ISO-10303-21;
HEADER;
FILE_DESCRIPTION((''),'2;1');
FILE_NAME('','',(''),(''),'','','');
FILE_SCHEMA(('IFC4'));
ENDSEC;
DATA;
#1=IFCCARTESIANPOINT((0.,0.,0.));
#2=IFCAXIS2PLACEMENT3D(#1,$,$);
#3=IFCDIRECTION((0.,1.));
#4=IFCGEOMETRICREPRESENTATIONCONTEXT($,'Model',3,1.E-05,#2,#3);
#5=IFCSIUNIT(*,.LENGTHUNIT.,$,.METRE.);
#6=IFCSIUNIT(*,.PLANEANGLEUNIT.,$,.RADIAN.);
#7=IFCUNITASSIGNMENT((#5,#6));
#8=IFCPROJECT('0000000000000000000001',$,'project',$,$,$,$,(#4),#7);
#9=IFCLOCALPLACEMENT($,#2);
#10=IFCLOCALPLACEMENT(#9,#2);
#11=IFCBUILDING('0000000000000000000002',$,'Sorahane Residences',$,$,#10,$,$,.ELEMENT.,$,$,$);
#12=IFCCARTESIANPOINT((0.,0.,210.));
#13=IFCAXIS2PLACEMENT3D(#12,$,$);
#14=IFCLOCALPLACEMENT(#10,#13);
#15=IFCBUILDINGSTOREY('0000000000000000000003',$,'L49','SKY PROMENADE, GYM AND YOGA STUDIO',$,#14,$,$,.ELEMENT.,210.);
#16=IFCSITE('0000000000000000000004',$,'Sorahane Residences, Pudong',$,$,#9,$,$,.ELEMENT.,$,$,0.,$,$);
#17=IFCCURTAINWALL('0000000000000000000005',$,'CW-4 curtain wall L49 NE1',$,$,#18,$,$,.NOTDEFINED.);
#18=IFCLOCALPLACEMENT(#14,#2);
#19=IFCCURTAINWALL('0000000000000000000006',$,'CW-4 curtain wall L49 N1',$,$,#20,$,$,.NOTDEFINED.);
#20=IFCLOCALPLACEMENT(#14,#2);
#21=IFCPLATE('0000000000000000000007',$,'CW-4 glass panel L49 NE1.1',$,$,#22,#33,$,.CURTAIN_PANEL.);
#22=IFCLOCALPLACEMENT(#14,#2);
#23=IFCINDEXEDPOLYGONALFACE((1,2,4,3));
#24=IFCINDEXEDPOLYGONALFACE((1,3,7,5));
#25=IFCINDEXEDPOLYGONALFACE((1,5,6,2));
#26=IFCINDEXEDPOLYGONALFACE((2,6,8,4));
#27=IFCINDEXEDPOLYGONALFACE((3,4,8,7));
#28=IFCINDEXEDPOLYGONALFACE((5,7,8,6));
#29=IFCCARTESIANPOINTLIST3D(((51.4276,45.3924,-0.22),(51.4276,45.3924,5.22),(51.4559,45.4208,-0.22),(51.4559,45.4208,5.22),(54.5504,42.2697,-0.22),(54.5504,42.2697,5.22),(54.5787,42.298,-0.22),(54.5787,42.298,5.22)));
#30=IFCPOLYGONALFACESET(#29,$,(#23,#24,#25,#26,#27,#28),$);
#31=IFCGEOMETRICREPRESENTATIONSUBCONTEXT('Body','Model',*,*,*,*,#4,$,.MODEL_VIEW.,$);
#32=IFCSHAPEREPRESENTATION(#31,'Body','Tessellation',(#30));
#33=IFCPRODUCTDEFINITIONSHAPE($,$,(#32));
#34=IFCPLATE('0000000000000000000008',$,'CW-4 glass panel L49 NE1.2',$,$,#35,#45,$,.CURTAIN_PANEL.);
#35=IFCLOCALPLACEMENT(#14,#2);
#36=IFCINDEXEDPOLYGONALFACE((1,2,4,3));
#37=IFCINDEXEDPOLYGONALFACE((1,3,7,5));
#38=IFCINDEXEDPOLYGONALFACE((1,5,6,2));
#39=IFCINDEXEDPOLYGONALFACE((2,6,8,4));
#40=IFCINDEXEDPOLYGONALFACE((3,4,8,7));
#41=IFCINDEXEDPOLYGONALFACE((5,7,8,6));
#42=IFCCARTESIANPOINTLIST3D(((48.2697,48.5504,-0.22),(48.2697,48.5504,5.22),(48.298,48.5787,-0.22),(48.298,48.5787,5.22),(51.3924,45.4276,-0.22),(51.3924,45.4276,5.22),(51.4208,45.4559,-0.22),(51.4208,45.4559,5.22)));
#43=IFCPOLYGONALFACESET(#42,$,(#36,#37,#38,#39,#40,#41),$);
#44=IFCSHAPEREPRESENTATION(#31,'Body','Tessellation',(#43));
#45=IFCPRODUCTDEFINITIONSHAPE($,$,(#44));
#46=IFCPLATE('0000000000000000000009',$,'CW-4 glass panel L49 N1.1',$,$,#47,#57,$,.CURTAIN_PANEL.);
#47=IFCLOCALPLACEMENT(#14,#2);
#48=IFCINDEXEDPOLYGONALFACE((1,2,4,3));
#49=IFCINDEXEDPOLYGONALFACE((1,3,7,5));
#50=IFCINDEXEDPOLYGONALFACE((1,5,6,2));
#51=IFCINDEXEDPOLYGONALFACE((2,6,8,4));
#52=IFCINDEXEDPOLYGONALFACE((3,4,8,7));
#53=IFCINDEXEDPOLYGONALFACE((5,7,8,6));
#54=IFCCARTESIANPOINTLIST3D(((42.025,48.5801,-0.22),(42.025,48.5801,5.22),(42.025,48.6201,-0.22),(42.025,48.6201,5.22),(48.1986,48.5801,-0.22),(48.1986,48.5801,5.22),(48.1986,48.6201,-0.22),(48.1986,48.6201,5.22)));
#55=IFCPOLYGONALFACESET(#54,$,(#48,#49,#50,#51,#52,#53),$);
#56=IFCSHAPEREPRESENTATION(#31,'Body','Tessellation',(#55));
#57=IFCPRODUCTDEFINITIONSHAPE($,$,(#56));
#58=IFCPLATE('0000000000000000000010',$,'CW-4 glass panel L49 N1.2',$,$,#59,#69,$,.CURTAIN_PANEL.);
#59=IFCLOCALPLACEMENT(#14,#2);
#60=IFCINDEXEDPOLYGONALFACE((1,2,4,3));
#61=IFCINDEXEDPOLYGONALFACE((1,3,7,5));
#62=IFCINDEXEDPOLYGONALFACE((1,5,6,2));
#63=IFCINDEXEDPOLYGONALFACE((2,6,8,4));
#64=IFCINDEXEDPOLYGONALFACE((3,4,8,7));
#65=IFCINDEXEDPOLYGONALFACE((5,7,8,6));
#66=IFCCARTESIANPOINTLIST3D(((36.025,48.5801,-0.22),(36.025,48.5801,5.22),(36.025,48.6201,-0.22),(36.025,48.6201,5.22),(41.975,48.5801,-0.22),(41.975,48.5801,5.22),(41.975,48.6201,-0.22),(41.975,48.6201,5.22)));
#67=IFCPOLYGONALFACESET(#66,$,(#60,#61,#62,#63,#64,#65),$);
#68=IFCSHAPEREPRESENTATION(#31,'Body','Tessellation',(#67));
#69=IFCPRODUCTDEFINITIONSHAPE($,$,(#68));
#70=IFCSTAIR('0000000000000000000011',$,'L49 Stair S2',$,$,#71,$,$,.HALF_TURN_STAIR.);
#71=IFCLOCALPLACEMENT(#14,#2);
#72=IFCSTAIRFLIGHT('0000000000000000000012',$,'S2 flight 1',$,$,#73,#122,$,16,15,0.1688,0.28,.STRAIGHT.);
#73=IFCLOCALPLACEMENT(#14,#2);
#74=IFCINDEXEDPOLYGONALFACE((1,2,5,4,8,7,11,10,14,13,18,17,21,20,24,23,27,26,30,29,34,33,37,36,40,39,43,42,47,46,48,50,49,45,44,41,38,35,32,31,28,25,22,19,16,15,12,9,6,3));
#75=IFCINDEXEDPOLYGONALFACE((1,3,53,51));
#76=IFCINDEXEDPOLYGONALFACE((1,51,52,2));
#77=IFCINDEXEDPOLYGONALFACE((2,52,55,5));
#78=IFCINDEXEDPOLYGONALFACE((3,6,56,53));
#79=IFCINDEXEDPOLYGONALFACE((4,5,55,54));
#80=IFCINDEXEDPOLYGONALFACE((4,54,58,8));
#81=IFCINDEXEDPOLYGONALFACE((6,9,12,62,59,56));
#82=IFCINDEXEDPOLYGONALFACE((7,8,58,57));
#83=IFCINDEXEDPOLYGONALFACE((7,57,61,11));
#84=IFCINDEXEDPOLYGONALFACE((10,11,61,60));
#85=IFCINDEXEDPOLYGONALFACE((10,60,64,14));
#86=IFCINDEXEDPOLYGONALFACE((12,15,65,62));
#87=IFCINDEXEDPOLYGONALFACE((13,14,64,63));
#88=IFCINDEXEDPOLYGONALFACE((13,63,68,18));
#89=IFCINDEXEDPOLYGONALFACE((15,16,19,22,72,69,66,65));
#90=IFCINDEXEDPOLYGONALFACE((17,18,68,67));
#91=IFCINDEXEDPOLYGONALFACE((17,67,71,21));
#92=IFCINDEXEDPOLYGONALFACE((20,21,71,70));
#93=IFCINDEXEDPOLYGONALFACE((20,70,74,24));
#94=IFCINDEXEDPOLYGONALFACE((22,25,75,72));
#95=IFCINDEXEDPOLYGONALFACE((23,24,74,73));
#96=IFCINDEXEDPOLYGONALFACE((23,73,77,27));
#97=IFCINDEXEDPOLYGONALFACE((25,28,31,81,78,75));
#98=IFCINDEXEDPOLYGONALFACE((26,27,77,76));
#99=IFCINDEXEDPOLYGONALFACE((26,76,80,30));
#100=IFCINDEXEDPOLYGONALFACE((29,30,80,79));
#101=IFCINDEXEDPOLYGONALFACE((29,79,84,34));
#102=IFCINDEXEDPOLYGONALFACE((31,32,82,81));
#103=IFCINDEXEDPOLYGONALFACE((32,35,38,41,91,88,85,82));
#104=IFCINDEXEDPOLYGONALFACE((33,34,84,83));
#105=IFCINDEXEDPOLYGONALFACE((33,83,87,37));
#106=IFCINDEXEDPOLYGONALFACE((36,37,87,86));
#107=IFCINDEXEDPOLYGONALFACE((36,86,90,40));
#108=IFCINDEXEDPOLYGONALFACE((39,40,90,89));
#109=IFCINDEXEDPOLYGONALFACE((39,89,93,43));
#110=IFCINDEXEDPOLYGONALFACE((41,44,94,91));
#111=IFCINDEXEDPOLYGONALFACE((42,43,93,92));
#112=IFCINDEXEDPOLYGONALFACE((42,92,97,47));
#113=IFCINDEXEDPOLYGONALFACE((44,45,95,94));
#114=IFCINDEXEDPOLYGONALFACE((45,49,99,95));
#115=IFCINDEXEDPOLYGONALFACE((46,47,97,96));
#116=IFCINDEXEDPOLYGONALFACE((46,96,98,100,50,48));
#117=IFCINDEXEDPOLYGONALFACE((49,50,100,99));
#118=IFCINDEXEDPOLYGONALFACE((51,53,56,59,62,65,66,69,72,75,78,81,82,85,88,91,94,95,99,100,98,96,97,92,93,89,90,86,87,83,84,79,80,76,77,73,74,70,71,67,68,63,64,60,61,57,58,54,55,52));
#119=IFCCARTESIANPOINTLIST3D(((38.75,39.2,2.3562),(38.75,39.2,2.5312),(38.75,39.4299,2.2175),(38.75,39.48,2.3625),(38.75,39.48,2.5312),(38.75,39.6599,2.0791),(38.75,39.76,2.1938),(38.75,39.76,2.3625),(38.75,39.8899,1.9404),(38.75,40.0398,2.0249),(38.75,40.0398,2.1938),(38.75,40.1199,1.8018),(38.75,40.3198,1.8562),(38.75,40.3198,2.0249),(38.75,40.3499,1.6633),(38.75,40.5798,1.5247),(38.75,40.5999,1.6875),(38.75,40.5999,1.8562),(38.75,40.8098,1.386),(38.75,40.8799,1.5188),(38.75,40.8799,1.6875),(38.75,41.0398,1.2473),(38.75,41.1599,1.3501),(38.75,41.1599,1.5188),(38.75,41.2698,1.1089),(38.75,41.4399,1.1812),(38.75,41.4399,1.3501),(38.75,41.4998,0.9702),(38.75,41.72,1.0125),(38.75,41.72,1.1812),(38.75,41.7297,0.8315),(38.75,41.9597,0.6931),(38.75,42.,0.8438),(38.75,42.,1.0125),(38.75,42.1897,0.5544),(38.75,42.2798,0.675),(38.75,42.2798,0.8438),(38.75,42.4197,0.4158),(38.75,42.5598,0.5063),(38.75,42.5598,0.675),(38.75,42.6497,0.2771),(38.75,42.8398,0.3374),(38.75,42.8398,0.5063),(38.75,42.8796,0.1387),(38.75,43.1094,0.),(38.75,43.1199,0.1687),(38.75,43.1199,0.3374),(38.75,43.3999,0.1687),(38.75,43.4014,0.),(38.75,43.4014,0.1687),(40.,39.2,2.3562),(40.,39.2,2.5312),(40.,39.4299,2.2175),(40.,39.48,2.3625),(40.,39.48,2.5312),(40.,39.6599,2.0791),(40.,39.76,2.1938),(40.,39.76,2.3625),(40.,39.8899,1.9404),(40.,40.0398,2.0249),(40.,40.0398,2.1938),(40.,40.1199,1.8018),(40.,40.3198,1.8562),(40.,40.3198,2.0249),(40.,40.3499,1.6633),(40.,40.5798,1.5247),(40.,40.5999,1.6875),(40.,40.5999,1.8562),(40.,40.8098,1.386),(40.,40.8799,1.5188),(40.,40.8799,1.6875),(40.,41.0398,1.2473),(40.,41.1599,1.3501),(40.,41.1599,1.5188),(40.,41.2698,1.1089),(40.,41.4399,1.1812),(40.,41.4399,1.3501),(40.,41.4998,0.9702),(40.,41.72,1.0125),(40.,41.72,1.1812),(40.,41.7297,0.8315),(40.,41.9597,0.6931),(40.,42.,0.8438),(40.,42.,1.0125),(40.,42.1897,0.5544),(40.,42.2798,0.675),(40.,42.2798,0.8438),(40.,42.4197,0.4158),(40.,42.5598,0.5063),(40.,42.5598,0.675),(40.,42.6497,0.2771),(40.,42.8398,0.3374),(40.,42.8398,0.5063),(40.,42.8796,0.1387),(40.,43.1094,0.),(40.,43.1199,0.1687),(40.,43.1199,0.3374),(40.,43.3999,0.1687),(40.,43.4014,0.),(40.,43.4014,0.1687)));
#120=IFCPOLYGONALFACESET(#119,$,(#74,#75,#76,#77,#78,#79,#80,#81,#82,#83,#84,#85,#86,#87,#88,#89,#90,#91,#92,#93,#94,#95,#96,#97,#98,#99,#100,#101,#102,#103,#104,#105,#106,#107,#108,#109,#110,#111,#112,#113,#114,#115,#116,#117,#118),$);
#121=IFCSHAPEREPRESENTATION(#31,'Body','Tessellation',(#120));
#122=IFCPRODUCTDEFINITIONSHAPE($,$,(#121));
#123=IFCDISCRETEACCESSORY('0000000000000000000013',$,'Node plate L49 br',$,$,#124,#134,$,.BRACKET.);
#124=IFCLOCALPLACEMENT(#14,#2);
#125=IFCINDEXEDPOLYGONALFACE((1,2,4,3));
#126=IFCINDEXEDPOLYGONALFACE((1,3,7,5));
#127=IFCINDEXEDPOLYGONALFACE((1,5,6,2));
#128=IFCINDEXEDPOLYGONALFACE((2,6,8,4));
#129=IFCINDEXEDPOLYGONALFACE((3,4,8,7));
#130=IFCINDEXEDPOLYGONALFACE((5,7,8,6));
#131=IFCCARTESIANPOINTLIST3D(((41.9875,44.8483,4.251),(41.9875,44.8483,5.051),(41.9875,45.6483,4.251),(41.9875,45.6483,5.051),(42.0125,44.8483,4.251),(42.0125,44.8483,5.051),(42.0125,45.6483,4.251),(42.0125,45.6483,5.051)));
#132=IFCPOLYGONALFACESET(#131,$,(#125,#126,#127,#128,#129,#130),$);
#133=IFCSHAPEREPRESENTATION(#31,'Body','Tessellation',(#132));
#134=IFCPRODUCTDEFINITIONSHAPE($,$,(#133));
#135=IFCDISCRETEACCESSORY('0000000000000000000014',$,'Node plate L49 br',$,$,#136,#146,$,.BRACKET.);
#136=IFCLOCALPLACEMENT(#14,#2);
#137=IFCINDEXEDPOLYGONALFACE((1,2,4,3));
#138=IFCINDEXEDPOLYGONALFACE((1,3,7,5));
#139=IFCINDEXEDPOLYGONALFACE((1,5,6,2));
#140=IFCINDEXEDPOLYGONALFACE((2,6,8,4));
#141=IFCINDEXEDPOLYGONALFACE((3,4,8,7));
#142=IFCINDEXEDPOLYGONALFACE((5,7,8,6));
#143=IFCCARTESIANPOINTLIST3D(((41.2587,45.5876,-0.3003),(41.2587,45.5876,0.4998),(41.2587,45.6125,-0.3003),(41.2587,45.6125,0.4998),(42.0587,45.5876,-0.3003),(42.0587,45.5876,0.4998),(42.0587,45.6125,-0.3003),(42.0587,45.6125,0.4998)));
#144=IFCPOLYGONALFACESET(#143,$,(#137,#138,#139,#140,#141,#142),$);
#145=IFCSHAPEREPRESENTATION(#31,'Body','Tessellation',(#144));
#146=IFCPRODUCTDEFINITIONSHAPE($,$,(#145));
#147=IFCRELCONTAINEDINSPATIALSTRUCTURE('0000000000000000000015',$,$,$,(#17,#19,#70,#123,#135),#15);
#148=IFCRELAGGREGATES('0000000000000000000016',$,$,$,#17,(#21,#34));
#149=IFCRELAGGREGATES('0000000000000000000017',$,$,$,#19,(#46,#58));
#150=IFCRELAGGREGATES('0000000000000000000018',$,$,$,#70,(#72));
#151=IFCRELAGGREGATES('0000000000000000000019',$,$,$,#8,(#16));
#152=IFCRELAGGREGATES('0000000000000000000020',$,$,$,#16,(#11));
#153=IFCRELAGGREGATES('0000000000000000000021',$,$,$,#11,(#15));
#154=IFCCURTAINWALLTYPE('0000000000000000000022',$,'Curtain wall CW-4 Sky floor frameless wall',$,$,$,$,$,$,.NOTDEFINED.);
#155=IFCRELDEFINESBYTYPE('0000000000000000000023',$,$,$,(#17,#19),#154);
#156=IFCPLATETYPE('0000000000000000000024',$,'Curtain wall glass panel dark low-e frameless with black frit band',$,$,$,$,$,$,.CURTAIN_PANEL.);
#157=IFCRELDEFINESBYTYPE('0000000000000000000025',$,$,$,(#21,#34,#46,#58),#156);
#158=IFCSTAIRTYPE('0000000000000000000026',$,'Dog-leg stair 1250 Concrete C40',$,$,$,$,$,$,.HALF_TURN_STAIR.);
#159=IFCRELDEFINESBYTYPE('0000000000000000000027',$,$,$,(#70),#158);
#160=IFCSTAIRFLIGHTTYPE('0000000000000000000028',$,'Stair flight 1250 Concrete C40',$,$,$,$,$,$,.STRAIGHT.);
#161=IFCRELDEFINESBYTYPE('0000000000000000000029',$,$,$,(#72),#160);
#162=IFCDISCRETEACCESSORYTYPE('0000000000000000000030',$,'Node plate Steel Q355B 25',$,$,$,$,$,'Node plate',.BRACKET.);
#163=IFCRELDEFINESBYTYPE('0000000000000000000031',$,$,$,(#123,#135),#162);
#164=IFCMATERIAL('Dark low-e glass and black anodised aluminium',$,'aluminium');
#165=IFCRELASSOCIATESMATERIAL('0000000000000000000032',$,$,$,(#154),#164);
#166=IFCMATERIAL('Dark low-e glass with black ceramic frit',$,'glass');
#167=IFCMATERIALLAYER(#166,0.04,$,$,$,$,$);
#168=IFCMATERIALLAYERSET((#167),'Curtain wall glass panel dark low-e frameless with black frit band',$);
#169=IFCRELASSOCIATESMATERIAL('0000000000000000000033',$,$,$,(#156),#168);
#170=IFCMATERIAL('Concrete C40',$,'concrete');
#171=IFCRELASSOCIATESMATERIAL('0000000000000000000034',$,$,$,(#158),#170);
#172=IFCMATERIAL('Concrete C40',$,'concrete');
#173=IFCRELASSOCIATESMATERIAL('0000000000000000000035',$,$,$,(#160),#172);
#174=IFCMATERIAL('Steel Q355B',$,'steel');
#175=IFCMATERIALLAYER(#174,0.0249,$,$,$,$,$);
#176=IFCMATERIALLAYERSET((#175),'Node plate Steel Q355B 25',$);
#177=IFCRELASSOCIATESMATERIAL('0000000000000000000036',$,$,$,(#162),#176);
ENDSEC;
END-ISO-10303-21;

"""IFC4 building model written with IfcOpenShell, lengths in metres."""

from ifc_helpers import new_model, si_unit, direction, frame, origin, origin_2d, place, context, subcontext, project, spatial, polyline, rectangle, outline, extrude, material, layer, layer_set, type_object, element, aggregate, save


model = new_model("IFC4")

# Units and contexts
model_context = context("Model", 3, precision=1e-05, world=origin(), true_north=direction((0.0, 1.0)))
body_context = subcontext(model_context, "Body", "Model", "MODEL_VIEW")
ifc_project = project(units=[si_unit("LENGTHUNIT", "METRE"), si_unit("PLANEANGLEUNIT", "RADIAN")], contexts=[model_context])

# Site, building, storey
site_placement = place(None, origin())
site = spatial("IfcSite", under=ifc_project, at=site_placement, Name="Sorahane Residences, Pudong", CompositionType="ELEMENT", RefElevation=0.0)
building_placement = place(site_placement, origin())
building = spatial("IfcBuilding", under=site, at=building_placement, Name="Sorahane Residences", CompositionType="ELEMENT")
storey_placement = place(building_placement, frame((0.0, 0.0, 210.0)))
storey = spatial("IfcBuildingStorey", under=building, at=storey_placement, Name="L49", Description="SKY PROMENADE, GYM AND YOGA STUDIO", CompositionType="ELEMENT", Elevation=210.0)

# Shared definitions
ifc_material_1 = material(Name="Dark low-e glass and black anodised aluminium", Category="aluminium")
curtain_wall_type = type_object("IfcCurtainWallType", Name="Curtain wall CW-4 Sky floor frameless wall", PredefinedType="NOTDEFINED", material=ifc_material_1)

# Curtain wall
curtain_wall_1_placement = place(storey_placement, origin())
curtain_wall_1 = element("IfcCurtainWall", 1, at=curtain_wall_1_placement, inside=storey, type_object=curtain_wall_type, Name="CW-4 curtain wall L49 NE1", PredefinedType="NOTDEFINED")

# Curtain wall
curtain_wall_2_placement = place(storey_placement, origin())
curtain_wall_2 = element("IfcCurtainWall", 2, at=curtain_wall_2_placement, inside=storey, type_object=curtain_wall_type, Name="CW-4 curtain wall L49 N1", PredefinedType="NOTDEFINED")

# Plates
ifc_material_2 = material(Name="Dark low-e glass with black ceramic frit", Category="glass")
ifc_layer_1 = layer(ifc_material_2, 0.04)
ifc_layer_set_1 = layer_set([ifc_layer_1], Name="Curtain wall glass panel dark low-e frameless with black frit band")
plate_type = type_object("IfcPlateType", Name="Curtain wall glass panel dark low-e frameless with black frit band", PredefinedType="CURTAIN_PANEL", material=ifc_layer_set_1)
plate_1_placement = place(storey_placement, frame((53.0032, 43.8452, -0.22), z_axis=(0.0, 0.0, 1.0), x_axis=(-0.707107, 0.707107, 0.0)))
plate_1 = element("IfcPlate", 3, at=plate_1_placement, type_object=plate_type, Name="CW-4 glass panel L49 NE1.1", PredefinedType="CURTAIN_PANEL", context=body_context, shape_type="SweptSolid", body=[
    extrude(rectangle(XDim=4.4163, YDim=0.04, at=origin_2d()), origin(), (0.0, 0.0, 1.0), 5.4399),
])
plate_2_placement = place(storey_placement, frame((49.8452, 47.0032, -0.22), z_axis=(0.0, 0.0, 1.0), x_axis=(-0.707107, 0.707107, 0.0)))
plate_2 = element("IfcPlate", 4, at=plate_2_placement, type_object=plate_type, Name="CW-4 glass panel L49 NE1.2", PredefinedType="CURTAIN_PANEL", context=body_context, shape_type="SweptSolid", body=[
    extrude(rectangle(XDim=4.4163, YDim=0.04, at=origin_2d()), origin(), (0.0, 0.0, 1.0), 5.4399),
])
aggregate(curtain_wall_1, [plate_1, plate_2])
plate_3_placement = place(storey_placement, frame((45.1118, 48.6001, -0.22), z_axis=(0.0, 0.0, 1.0), x_axis=(-1.0, 0.0, 0.0)))
plate_3 = element("IfcPlate", 5, at=plate_3_placement, type_object=plate_type, Name="CW-4 glass panel L49 N1.1", PredefinedType="CURTAIN_PANEL", context=body_context, shape_type="SweptSolid", body=[
    extrude(rectangle(XDim=6.1736, YDim=0.04, at=origin_2d()), origin(), (0.0, 0.0, 1.0), 5.4399),
])
plate_4_placement = place(storey_placement, frame((39.0, 48.6001, -0.22), z_axis=(0.0, 0.0, 1.0), x_axis=(-1.0, 0.0, 0.0)))
plate_4 = element("IfcPlate", 6, at=plate_4_placement, type_object=plate_type, Name="CW-4 glass panel L49 N1.2", PredefinedType="CURTAIN_PANEL", context=body_context, shape_type="SweptSolid", body=[
    extrude(rectangle(XDim=5.95, YDim=0.04, at=origin_2d()), origin(), (0.0, 0.0, 1.0), 5.4399),
])
aggregate(curtain_wall_2, [plate_3, plate_4])

# Stair, stair flight
ifc_material_3 = material(Name="Concrete C40", Category="concrete")
stair_type = type_object("IfcStairType", Name="Dog-leg stair 1250 Concrete C40", PredefinedType="HALF_TURN_STAIR", material=ifc_material_3)
stair_placement = place(storey_placement, origin())
stair = element("IfcStair", 7, at=stair_placement, inside=storey, type_object=stair_type, Name="L49 Stair S2", PredefinedType="HALF_TURN_STAIR")
ifc_material_4 = material(Name="Concrete C40", Category="concrete")
stair_flight_type = type_object("IfcStairFlightType", Name="Stair flight 1250 Concrete C40", PredefinedType="STRAIGHT", material=ifc_material_4)
stair_flight_placement = place(storey_placement, frame((39.375, 43.3999, 0.0), z_axis=(0.0, 0.0, 1.0), x_axis=(0.0, -1.0, 0.0)))
stair_flight = element("IfcStairFlight", 8, at=stair_flight_placement, type_object=stair_flight_type, Name="S2 flight 1", NumberOfRisers=16, NumberOfTreads=15, PredefinedType="STRAIGHT", RiserHeight=0.1688, TreadLength=0.28, context=body_context, shape_type="SweptSolid", body=[
    extrude(outline(polyline([(-0.0015, 0.0), (-0.0015, 0.1687), (0.0, 0.1687), (0.28, 0.1687), (0.28, 0.3374), (0.5601, 0.3374), (0.5601, 0.5063), (0.8401, 0.5063), (0.8401, 0.675), (1.1201, 0.675), (1.1201, 0.8438), (1.3999, 0.8438), (1.3999, 1.0125), (1.6799, 1.0125), (1.6799, 1.1812), (1.96, 1.1812), (1.96, 1.3501), (2.24, 1.3501), (2.24, 1.5188), (2.52, 1.5188), (2.52, 1.6875), (2.8, 1.6875), (2.8, 1.8562), (3.0801, 1.8562), (3.0801, 2.0249), (3.3601, 2.0249), (3.3601, 2.1938), (3.6399, 2.1938), (3.6399, 2.3625), (3.9199, 2.3625), (3.9199, 2.5312), (4.2, 2.5312), (4.2, 2.7), (4.2, 2.3562), (3.97, 2.2175), (3.74, 2.0791), (3.51, 1.9404), (3.28, 1.8018), (3.05, 1.6633), (2.8201, 1.5247), (2.5901, 1.386), (2.3601, 1.2473), (2.1301, 1.1089), (1.9001, 0.9702), (1.6702, 0.8315), (1.4402, 0.6931), (1.2102, 0.5544), (0.9802, 0.4158), (0.7502, 0.2771), (0.5203, 0.1387), (0.2905, 0.0), (-0.0015, 0.0)])), frame((0.0, 0.625, 0.0), z_axis=(0.0, -1.0, 0.0), x_axis=(1.0, 0.0, 0.0)), (0.0, 0.0, 1.0), 1.25),
])
aggregate(stair, [stair_flight])

# Discrete accessories
ifc_material_5 = material(Name="Steel Q355B", Category="steel")
ifc_layer_2 = layer(ifc_material_5, 0.0249)
ifc_layer_set_2 = layer_set([ifc_layer_2], Name="Node plate Steel Q355B 25")
discrete_accessory_type = type_object("IfcDiscreteAccessoryType", Name="Node plate Steel Q355B 25", ElementType="Node plate", PredefinedType="BRACKET", material=ifc_layer_set_2)
for number, where, z_axis, x_axis, name in (
    (9, (42.0, 45.2483, 4.251), (0.0, 0.0, 1.0), (0.0, 1.0, 0.0), "Node plate L49 br"),
    (10, (41.6587, 45.6001, -0.3003), (0.0, 0.0, 1.0), (1.0, 0.0, 0.0), "Node plate L49 br"),
):
    element("IfcDiscreteAccessory", number, at=place(storey_placement, frame(where, z_axis=z_axis, x_axis=x_axis)), inside=storey, type_object=discrete_accessory_type, Name=name, PredefinedType="BRACKET", context=body_context, shape_type="SweptSolid", body=[
        extrude(rectangle(XDim=0.8, YDim=0.0249, at=origin_2d()), origin(), (0.0, 0.0, 1.0), 0.8),
    ])

save(model, "model.ifc")
